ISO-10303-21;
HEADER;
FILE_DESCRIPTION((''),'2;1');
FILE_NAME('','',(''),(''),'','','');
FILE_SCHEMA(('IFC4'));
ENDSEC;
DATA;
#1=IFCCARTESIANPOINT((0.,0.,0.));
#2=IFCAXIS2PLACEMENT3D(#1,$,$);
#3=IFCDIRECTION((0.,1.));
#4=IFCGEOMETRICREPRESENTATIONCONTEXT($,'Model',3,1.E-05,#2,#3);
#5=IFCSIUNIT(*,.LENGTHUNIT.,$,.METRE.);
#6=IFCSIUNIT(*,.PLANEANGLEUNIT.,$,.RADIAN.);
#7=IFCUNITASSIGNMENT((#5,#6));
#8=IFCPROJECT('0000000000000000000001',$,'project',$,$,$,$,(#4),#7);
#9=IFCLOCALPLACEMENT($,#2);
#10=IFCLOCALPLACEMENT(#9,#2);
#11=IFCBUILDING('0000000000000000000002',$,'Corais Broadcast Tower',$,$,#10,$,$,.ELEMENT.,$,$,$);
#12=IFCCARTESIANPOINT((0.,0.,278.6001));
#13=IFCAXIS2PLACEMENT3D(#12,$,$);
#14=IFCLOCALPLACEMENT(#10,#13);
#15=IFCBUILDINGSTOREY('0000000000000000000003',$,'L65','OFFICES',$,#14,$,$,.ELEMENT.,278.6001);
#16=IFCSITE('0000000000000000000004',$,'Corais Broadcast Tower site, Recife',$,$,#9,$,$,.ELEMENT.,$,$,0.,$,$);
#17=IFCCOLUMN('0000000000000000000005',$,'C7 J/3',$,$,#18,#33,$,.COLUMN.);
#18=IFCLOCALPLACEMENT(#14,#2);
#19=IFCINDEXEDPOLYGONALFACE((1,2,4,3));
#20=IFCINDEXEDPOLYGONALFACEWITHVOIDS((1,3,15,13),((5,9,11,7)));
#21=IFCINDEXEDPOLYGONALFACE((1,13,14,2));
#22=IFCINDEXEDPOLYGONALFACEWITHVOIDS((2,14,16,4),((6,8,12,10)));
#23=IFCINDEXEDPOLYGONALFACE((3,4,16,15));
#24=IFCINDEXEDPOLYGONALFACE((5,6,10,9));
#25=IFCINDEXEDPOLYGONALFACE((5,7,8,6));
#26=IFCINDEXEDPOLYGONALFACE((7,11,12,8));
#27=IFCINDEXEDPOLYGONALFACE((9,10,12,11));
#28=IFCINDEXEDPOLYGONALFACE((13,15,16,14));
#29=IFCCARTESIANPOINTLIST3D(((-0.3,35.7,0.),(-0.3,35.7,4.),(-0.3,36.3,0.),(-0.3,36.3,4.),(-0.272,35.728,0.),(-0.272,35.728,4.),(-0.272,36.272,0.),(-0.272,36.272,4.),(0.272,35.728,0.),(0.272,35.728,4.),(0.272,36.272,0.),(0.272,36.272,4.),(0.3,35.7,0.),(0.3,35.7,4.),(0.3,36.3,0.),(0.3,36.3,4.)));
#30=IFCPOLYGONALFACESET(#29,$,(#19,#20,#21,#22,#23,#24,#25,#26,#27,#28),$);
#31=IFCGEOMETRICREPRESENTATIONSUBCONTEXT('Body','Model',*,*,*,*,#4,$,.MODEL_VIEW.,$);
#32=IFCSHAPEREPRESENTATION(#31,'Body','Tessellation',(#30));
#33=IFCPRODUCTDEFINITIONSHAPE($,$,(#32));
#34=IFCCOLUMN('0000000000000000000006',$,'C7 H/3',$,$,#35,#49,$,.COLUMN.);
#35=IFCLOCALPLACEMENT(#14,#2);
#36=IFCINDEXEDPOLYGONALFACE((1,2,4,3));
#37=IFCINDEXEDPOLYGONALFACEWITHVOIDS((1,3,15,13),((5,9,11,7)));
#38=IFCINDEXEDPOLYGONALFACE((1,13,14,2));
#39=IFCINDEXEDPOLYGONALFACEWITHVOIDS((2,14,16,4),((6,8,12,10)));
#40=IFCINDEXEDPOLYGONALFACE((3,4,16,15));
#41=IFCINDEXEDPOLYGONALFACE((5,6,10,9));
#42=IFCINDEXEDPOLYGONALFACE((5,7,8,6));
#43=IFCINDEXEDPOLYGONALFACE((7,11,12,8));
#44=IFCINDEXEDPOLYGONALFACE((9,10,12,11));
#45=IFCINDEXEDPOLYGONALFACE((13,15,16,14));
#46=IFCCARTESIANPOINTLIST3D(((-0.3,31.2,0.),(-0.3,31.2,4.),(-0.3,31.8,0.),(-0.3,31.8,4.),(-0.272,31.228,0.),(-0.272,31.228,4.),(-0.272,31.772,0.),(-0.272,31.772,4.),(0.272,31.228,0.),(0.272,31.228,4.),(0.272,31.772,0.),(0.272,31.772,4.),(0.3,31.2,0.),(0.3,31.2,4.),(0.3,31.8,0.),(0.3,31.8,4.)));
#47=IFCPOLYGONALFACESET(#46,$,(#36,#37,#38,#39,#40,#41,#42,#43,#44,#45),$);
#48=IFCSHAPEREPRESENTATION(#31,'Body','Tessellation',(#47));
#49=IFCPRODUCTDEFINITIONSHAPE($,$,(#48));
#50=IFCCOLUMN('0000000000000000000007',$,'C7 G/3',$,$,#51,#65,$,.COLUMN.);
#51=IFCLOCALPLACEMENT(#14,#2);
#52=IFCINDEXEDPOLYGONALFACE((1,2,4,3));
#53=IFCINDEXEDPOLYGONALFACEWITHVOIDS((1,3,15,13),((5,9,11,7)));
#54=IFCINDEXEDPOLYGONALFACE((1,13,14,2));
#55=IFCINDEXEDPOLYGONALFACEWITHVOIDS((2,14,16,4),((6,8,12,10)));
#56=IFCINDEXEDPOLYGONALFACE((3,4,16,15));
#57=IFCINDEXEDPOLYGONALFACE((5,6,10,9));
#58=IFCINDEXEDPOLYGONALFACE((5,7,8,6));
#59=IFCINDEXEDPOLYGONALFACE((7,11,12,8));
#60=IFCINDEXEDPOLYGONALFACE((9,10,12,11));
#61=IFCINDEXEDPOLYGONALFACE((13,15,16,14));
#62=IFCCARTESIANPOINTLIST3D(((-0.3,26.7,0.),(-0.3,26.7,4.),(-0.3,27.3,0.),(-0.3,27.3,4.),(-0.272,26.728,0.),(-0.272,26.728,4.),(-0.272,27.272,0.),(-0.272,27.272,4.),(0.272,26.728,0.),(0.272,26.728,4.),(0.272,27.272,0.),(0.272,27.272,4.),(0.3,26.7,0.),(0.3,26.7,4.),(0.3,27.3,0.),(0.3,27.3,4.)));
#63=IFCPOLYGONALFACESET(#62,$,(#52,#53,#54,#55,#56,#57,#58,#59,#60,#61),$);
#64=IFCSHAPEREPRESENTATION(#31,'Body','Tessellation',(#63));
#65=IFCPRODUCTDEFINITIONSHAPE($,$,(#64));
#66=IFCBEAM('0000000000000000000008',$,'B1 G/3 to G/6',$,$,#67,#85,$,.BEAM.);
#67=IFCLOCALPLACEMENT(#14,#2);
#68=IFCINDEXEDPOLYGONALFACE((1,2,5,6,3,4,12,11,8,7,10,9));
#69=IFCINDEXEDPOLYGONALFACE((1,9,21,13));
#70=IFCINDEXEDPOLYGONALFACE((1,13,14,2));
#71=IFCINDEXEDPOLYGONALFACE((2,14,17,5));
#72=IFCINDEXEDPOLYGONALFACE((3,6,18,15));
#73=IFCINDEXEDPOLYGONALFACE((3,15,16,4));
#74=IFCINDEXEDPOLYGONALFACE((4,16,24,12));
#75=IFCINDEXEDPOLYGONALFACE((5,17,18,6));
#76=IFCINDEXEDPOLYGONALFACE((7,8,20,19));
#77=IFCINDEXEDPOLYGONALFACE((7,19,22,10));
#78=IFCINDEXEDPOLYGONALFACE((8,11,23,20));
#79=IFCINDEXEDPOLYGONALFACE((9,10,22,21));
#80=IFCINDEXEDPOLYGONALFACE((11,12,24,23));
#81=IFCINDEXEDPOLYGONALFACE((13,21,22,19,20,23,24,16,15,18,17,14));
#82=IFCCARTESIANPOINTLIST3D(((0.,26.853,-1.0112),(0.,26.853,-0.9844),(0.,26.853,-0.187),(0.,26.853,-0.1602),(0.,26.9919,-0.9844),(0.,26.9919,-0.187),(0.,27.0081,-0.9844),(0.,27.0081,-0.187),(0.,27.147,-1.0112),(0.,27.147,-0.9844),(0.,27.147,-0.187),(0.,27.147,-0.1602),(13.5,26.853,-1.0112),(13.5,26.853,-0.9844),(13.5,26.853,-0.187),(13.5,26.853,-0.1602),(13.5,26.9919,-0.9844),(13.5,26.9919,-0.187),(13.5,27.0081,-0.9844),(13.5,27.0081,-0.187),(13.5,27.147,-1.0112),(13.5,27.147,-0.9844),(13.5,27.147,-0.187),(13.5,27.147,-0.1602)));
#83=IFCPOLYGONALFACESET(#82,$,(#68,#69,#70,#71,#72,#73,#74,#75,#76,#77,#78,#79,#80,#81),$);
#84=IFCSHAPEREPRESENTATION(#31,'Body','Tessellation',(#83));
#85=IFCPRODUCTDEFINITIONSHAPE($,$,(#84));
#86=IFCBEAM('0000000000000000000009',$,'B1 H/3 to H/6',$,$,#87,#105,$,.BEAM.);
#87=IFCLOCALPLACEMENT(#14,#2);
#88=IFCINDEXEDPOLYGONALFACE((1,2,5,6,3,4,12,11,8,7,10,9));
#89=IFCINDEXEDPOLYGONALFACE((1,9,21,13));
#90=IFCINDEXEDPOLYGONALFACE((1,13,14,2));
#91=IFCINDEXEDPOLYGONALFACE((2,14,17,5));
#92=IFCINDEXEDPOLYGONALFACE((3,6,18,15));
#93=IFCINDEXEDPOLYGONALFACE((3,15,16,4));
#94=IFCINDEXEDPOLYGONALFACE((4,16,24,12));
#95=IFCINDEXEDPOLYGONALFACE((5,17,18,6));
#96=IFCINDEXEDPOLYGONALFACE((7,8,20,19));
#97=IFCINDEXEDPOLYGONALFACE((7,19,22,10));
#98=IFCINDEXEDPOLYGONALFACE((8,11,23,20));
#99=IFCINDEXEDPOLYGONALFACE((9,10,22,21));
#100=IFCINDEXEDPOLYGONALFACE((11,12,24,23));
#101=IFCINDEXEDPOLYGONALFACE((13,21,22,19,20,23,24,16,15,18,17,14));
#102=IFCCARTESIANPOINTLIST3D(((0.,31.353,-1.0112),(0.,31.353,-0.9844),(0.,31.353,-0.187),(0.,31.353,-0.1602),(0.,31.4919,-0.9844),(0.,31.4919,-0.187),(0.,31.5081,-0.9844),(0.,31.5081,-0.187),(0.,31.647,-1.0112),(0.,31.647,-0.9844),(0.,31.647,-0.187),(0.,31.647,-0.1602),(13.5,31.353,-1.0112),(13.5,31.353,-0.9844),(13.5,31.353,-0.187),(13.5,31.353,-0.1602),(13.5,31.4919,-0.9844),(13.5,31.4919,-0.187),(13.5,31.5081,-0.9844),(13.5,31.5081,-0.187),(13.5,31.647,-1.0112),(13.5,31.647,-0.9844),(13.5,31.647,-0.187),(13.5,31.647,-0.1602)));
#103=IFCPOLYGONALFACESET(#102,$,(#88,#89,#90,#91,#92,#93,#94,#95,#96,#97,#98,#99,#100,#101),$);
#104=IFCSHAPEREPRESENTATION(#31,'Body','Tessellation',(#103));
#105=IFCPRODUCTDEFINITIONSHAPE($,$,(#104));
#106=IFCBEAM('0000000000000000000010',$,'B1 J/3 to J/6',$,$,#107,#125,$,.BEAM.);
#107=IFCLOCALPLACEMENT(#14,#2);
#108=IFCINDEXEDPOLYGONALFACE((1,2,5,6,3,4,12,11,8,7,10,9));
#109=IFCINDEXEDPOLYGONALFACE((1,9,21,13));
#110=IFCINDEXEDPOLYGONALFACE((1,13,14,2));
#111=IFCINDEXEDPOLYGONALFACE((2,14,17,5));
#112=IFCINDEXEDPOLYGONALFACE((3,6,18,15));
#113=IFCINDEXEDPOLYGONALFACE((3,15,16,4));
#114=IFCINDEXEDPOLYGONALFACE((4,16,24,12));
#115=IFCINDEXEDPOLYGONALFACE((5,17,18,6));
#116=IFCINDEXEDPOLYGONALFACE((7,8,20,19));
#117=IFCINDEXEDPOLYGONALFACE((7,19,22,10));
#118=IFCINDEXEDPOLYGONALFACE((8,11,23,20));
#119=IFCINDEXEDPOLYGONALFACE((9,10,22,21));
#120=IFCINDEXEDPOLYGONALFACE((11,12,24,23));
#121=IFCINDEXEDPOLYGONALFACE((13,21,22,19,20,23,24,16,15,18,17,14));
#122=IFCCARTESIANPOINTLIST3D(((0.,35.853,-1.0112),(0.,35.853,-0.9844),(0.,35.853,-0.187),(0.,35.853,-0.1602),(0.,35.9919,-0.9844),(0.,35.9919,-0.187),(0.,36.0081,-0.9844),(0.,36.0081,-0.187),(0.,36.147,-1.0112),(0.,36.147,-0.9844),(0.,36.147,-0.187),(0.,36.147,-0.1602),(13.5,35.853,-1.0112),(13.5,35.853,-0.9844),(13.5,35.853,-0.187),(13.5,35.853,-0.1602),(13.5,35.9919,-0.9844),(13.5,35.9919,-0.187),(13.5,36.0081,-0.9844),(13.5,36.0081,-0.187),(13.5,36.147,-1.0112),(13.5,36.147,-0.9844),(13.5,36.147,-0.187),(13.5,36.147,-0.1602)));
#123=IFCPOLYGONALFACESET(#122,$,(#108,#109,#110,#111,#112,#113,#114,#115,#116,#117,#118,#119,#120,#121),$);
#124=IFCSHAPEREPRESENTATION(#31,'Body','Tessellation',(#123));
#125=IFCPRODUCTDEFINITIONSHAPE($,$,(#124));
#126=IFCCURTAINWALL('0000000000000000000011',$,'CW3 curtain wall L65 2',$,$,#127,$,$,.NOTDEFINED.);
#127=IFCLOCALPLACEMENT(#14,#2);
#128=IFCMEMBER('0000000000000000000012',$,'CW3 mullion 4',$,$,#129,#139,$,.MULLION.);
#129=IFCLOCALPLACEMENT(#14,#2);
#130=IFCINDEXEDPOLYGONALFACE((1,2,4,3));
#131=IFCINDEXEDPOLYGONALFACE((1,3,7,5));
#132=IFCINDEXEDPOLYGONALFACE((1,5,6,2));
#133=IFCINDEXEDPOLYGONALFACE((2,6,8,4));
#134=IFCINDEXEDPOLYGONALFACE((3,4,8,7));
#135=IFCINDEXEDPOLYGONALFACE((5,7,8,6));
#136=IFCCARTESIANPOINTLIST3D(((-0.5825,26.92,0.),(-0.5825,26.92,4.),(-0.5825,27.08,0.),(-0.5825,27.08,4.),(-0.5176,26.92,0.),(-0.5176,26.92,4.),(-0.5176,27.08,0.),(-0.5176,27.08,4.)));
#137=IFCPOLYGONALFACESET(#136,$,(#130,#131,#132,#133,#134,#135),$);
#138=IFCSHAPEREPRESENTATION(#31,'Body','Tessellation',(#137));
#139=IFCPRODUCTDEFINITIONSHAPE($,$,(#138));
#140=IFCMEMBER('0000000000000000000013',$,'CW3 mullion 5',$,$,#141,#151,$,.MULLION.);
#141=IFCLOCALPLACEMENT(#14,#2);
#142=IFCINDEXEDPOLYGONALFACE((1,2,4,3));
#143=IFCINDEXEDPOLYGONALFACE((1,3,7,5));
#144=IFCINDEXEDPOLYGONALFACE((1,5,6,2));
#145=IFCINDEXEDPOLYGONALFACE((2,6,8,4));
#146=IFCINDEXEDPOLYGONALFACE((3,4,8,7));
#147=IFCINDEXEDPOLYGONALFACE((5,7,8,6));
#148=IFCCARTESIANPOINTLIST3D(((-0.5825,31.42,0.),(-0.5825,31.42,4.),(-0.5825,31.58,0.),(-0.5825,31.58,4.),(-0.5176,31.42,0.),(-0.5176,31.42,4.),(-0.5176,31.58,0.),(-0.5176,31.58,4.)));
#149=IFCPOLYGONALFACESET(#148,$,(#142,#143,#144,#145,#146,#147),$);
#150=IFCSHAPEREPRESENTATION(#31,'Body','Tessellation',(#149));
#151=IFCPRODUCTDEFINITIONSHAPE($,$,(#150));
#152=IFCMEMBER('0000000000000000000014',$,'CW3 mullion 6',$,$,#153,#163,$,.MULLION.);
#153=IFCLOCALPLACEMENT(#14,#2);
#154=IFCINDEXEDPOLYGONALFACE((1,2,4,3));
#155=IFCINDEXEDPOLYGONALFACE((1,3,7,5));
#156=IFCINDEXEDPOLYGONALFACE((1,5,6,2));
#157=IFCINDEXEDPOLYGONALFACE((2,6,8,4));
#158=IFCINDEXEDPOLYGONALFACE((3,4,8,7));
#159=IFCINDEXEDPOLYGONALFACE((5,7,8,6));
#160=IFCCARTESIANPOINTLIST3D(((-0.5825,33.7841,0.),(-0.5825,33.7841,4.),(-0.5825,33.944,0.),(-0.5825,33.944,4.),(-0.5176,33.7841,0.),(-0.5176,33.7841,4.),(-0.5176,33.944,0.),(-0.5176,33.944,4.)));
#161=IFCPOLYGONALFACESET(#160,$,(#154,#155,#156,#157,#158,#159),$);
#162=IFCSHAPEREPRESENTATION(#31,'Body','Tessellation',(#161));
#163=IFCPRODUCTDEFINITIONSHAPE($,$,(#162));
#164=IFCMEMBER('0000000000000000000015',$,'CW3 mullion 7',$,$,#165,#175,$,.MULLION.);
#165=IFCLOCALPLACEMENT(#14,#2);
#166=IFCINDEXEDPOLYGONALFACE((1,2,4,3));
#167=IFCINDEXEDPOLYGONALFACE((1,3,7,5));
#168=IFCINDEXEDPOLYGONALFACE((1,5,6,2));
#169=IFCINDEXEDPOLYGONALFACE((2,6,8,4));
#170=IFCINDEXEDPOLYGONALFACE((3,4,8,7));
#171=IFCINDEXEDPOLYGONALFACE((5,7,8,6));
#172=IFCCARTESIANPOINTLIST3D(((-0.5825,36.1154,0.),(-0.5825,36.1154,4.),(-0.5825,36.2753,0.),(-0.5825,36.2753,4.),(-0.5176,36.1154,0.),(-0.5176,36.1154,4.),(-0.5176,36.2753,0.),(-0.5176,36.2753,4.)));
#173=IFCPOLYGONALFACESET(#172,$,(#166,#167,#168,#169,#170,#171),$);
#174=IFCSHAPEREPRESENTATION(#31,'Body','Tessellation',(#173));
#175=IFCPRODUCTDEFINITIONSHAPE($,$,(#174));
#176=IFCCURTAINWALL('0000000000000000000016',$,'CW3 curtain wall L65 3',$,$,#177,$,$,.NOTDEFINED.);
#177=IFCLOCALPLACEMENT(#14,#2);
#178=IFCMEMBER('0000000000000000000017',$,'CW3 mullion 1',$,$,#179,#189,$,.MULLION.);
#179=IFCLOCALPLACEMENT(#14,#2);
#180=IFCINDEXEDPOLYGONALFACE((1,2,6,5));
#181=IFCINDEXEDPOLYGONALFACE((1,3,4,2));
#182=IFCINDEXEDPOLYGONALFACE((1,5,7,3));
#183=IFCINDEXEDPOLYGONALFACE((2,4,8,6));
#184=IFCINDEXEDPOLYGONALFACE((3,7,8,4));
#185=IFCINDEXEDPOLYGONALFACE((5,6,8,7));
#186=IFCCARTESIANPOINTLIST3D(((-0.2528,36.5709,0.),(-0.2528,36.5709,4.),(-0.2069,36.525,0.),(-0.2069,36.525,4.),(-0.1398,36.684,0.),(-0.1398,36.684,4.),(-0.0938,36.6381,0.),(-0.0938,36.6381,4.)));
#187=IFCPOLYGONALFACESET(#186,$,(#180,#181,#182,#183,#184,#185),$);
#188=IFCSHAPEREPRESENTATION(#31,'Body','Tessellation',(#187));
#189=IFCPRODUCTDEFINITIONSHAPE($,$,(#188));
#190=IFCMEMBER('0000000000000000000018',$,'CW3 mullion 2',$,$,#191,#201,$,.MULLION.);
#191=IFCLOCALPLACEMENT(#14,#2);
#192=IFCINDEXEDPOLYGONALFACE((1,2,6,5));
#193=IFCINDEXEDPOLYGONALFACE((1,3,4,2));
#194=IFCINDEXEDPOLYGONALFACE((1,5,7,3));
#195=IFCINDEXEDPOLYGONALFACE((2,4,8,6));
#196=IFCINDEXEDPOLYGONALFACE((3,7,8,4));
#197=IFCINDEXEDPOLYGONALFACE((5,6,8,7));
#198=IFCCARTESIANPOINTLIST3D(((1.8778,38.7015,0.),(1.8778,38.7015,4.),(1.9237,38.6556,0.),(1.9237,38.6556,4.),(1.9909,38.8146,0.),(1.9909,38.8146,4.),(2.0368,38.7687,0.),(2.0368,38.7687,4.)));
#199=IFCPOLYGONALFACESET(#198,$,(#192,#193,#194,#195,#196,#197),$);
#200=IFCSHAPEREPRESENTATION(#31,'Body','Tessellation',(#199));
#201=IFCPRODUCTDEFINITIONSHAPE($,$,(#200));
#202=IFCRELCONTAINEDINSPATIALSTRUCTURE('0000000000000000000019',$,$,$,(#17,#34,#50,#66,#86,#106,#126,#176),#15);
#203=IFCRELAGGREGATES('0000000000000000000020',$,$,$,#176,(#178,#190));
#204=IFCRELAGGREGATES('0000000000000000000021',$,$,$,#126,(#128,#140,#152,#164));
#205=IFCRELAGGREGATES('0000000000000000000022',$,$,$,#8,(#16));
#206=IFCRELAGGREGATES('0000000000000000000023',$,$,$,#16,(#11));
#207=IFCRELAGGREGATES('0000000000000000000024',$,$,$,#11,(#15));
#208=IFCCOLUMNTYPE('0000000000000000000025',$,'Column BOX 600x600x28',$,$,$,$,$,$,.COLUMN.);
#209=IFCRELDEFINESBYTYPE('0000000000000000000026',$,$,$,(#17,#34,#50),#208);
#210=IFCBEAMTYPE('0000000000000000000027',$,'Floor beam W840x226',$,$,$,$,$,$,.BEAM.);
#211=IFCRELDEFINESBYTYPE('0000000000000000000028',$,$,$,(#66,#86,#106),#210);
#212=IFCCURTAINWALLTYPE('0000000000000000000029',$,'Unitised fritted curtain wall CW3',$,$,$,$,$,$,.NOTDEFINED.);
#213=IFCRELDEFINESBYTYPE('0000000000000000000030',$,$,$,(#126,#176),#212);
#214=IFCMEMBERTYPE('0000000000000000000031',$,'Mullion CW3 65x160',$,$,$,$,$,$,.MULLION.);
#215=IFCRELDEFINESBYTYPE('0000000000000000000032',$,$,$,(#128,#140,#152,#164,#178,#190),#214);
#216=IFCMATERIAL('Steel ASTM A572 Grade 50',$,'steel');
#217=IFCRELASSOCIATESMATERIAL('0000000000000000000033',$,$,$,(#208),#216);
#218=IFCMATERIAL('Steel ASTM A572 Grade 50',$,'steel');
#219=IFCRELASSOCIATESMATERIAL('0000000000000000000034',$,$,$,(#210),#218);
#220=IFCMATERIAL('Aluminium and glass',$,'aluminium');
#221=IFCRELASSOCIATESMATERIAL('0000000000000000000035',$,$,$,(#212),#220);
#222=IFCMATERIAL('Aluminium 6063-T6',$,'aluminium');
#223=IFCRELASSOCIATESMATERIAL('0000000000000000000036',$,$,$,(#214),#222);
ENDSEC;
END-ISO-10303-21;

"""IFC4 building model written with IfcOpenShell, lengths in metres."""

from ifc_helpers import new_model, si_unit, direction, frame, origin, origin_2d, place, context, subcontext, project, spatial, rectangle, hollow_rectangle, i_section, extrude, material, material_profile, profile_set, type_object, element, aggregate, save


model = new_model("IFC4")

# Units and contexts
model_context = context("Model", 3, precision=1e-05, world=origin(), true_north=direction((0.0, 1.0)))
body_context = subcontext(model_context, "Body", "Model", "MODEL_VIEW")
ifc_project = project(units=[si_unit("LENGTHUNIT", "METRE"), si_unit("PLANEANGLEUNIT", "RADIAN")], contexts=[model_context])

# Site, building, storey
site_placement = place(None, origin())
site = spatial("IfcSite", under=ifc_project, at=site_placement, Name="Corais Broadcast Tower site, Recife", CompositionType="ELEMENT", RefElevation=0.0)
building_placement = place(site_placement, origin())
building = spatial("IfcBuilding", under=site, at=building_placement, Name="Corais Broadcast Tower", CompositionType="ELEMENT")
storey_placement = place(building_placement, frame((0.0, 0.0, 278.6001)))
storey = spatial("IfcBuildingStorey", under=building, at=storey_placement, Name="L65", Description="OFFICES", CompositionType="ELEMENT", Elevation=278.6001)

# Columns
ifc_material_1 = material(Name="Steel ASTM A572 Grade 50", Category="steel")
ifc_material_profile_1 = material_profile(ifc_material_1, hollow_rectangle(XDim=0.6001, YDim=0.6001, WallThickness=0.0281, at=origin_2d()), Name="BOX 600x600x28")
ifc_profile_set_1 = profile_set([ifc_material_profile_1], Name="Steel ASTM A572 Grade 50")
column_type = type_object("IfcColumnType", Name="Column BOX 600x600x28", PredefinedType="COLUMN", material=ifc_profile_set_1)
for number, where, z_axis, x_axis, name in (
    (1, (0.0, 36.0, 0.0), (0.0, 0.0, 1.0), (1.0, 0.0, 0.0), "C7 J/3"),
    (2, (0.0, 31.5, 0.0), (0.0, 0.0, 1.0), (1.0, 0.0, 0.0), "C7 H/3"),
    (3, (0.0, 27.0, 0.0), (0.0, 0.0, 1.0), (1.0, 0.0, 0.0), "C7 G/3"),
):
    element("IfcColumn", number, at=place(storey_placement, frame(where, z_axis=z_axis, x_axis=x_axis)), inside=storey, type_object=column_type, Name=name, PredefinedType="COLUMN", context=body_context, shape_type="SweptSolid", body=[
        extrude(hollow_rectangle(XDim=0.6001, YDim=0.6001, WallThickness=0.0281, at=origin_2d()), origin(), (0.0, 0.0, 1.0), 4.0),
    ])

# Beams
ifc_material_2 = material(Name="Steel ASTM A572 Grade 50", Category="steel")
ifc_material_profile_2 = material_profile(ifc_material_2, i_section(OverallWidth=0.2939, OverallDepth=0.8511, WebThickness=0.0161, FlangeThickness=0.0269, at=origin_2d()), Name="W840x226")
ifc_profile_set_2 = profile_set([ifc_material_profile_2], Name="Steel ASTM A572 Grade 50")
beam_type_1 = type_object("IfcBeamType", Name="Floor beam W840x226", PredefinedType="BEAM", material=ifc_profile_set_2)
for number, where, z_axis, x_axis, name in (
    (4, (0.0, 27.0, -0.5857), (1.0, 0.0, 0.0), (0.0, 1.0, 0.0), "B1 G/3 to G/6"),
    (5, (0.0, 31.5, -0.5857), (1.0, 0.0, 0.0), (0.0, 1.0, 0.0), "B1 H/3 to H/6"),
    (6, (0.0, 36.0, -0.5857), (1.0, 0.0, 0.0), (0.0, 1.0, 0.0), "B1 J/3 to J/6"),
):
    element("IfcBeam", number, at=place(storey_placement, frame(where, z_axis=z_axis, x_axis=x_axis)), inside=storey, type_object=beam_type_1, Name=name, PredefinedType="BEAM", context=body_context, shape_type="SweptSolid", body=[
        extrude(i_section(OverallWidth=0.2939, OverallDepth=0.8511, WebThickness=0.0161, FlangeThickness=0.0269, at=origin_2d()), origin(), (0.0, 0.0, 1.0), 13.5),
    ])

# Curtain walls, members
ifc_material_3 = material(Name="Aluminium and glass", Category="aluminium")
curtain_wall_type = type_object("IfcCurtainWallType", Name="Unitised fritted curtain wall CW3", PredefinedType="NOTDEFINED", material=ifc_material_3)
curtain_wall_1_placement = place(storey_placement, origin())
curtain_wall_1 = element("IfcCurtainWall", 7, at=curtain_wall_1_placement, inside=storey, type_object=curtain_wall_type, Name="CW3 curtain wall L65 2", PredefinedType="NOTDEFINED")
ifc_material_4 = material(Name="Aluminium 6063-T6", Category="aluminium")
ifc_material_profile_3 = material_profile(ifc_material_4, rectangle(XDim=0.0649, YDim=0.1599, at=origin_2d()), Name="Mullion CW3 65x160")
ifc_profile_set_3 = profile_set([ifc_material_profile_3], Name="Aluminium 6063-T6")
member_type_1 = type_object("IfcMemberType", Name="Mullion CW3 65x160", PredefinedType="MULLION", material=ifc_profile_set_3)
member_1_placement = place(storey_placement, frame((-0.55, 27.0, 0.0), z_axis=(0.0, 0.0, 1.0), x_axis=(-1.0, 0.0, 0.0)))
member_1 = element("IfcMember", 8, at=member_1_placement, type_object=member_type_1, Name="CW3 mullion 4", PredefinedType="MULLION", context=body_context, shape_type="SweptSolid", body=[
    extrude(rectangle(XDim=0.0649, YDim=0.1599, at=origin_2d()), origin(), (0.0, 0.0, 1.0), 4.0),
])
member_2_placement = place(storey_placement, frame((-0.55, 31.5, 0.0), z_axis=(0.0, 0.0, 1.0), x_axis=(-1.0, 0.0, 0.0)))
member_2 = element("IfcMember", 9, at=member_2_placement, type_object=member_type_1, Name="CW3 mullion 5", PredefinedType="MULLION", context=body_context, shape_type="SweptSolid", body=[
    extrude(rectangle(XDim=0.0649, YDim=0.1599, at=origin_2d()), origin(), (0.0, 0.0, 1.0), 4.0),
])
member_3_placement = place(storey_placement, frame((-0.55, 33.864, 0.0), z_axis=(0.0, 0.0, 1.0), x_axis=(-1.0, 0.0, 0.0)))
member_3 = element("IfcMember", 10, at=member_3_placement, type_object=member_type_1, Name="CW3 mullion 6", PredefinedType="MULLION", context=body_context, shape_type="SweptSolid", body=[
    extrude(rectangle(XDim=0.0649, YDim=0.1599, at=origin_2d()), origin(), (0.0, 0.0, 1.0), 4.0),
])
member_4_placement = place(storey_placement, frame((-0.55, 36.1953, 0.0), z_axis=(0.0, 0.0, 1.0), x_axis=(-1.0, 0.0, 0.0)))
member_4 = element("IfcMember", 11, at=member_4_placement, type_object=member_type_1, Name="CW3 mullion 7", PredefinedType="MULLION", context=body_context, shape_type="SweptSolid", body=[
    extrude(rectangle(XDim=0.0649, YDim=0.1599, at=origin_2d()), origin(), (0.0, 0.0, 1.0), 4.0),
])
curtain_wall_2_placement = place(storey_placement, origin())
curtain_wall_2 = element("IfcCurtainWall", 12, at=curtain_wall_2_placement, inside=storey, type_object=curtain_wall_type, Name="CW3 curtain wall L65 3", PredefinedType="NOTDEFINED")
member_5_placement = place(storey_placement, frame((-0.1733, 36.6045, 0.0), z_axis=(0.0, 0.0, 1.0), x_axis=(-0.707107, 0.707107, 0.0)))
member_5 = element("IfcMember", 13, at=member_5_placement, type_object=member_type_1, Name="CW3 mullion 1", PredefinedType="MULLION", context=body_context, shape_type="SweptSolid", body=[
    extrude(rectangle(XDim=0.0649, YDim=0.1599, at=origin_2d()), origin(), (0.0, 0.0, 1.0), 4.0),
])
member_6_placement = place(storey_placement, frame((1.9573, 38.7351, 0.0), z_axis=(0.0, 0.0, 1.0), x_axis=(-0.707107, 0.707107, 0.0)))
member_6 = element("IfcMember", 14, at=member_6_placement, type_object=member_type_1, Name="CW3 mullion 2", PredefinedType="MULLION", context=body_context, shape_type="SweptSolid", body=[
    extrude(rectangle(XDim=0.0649, YDim=0.1599, at=origin_2d()), origin(), (0.0, 0.0, 1.0), 4.0),
])

aggregate(curtain_wall_2, [member_5, member_6])
aggregate(curtain_wall_1, [member_1, member_2, member_3, member_4])

save(model, "model.ifc")
